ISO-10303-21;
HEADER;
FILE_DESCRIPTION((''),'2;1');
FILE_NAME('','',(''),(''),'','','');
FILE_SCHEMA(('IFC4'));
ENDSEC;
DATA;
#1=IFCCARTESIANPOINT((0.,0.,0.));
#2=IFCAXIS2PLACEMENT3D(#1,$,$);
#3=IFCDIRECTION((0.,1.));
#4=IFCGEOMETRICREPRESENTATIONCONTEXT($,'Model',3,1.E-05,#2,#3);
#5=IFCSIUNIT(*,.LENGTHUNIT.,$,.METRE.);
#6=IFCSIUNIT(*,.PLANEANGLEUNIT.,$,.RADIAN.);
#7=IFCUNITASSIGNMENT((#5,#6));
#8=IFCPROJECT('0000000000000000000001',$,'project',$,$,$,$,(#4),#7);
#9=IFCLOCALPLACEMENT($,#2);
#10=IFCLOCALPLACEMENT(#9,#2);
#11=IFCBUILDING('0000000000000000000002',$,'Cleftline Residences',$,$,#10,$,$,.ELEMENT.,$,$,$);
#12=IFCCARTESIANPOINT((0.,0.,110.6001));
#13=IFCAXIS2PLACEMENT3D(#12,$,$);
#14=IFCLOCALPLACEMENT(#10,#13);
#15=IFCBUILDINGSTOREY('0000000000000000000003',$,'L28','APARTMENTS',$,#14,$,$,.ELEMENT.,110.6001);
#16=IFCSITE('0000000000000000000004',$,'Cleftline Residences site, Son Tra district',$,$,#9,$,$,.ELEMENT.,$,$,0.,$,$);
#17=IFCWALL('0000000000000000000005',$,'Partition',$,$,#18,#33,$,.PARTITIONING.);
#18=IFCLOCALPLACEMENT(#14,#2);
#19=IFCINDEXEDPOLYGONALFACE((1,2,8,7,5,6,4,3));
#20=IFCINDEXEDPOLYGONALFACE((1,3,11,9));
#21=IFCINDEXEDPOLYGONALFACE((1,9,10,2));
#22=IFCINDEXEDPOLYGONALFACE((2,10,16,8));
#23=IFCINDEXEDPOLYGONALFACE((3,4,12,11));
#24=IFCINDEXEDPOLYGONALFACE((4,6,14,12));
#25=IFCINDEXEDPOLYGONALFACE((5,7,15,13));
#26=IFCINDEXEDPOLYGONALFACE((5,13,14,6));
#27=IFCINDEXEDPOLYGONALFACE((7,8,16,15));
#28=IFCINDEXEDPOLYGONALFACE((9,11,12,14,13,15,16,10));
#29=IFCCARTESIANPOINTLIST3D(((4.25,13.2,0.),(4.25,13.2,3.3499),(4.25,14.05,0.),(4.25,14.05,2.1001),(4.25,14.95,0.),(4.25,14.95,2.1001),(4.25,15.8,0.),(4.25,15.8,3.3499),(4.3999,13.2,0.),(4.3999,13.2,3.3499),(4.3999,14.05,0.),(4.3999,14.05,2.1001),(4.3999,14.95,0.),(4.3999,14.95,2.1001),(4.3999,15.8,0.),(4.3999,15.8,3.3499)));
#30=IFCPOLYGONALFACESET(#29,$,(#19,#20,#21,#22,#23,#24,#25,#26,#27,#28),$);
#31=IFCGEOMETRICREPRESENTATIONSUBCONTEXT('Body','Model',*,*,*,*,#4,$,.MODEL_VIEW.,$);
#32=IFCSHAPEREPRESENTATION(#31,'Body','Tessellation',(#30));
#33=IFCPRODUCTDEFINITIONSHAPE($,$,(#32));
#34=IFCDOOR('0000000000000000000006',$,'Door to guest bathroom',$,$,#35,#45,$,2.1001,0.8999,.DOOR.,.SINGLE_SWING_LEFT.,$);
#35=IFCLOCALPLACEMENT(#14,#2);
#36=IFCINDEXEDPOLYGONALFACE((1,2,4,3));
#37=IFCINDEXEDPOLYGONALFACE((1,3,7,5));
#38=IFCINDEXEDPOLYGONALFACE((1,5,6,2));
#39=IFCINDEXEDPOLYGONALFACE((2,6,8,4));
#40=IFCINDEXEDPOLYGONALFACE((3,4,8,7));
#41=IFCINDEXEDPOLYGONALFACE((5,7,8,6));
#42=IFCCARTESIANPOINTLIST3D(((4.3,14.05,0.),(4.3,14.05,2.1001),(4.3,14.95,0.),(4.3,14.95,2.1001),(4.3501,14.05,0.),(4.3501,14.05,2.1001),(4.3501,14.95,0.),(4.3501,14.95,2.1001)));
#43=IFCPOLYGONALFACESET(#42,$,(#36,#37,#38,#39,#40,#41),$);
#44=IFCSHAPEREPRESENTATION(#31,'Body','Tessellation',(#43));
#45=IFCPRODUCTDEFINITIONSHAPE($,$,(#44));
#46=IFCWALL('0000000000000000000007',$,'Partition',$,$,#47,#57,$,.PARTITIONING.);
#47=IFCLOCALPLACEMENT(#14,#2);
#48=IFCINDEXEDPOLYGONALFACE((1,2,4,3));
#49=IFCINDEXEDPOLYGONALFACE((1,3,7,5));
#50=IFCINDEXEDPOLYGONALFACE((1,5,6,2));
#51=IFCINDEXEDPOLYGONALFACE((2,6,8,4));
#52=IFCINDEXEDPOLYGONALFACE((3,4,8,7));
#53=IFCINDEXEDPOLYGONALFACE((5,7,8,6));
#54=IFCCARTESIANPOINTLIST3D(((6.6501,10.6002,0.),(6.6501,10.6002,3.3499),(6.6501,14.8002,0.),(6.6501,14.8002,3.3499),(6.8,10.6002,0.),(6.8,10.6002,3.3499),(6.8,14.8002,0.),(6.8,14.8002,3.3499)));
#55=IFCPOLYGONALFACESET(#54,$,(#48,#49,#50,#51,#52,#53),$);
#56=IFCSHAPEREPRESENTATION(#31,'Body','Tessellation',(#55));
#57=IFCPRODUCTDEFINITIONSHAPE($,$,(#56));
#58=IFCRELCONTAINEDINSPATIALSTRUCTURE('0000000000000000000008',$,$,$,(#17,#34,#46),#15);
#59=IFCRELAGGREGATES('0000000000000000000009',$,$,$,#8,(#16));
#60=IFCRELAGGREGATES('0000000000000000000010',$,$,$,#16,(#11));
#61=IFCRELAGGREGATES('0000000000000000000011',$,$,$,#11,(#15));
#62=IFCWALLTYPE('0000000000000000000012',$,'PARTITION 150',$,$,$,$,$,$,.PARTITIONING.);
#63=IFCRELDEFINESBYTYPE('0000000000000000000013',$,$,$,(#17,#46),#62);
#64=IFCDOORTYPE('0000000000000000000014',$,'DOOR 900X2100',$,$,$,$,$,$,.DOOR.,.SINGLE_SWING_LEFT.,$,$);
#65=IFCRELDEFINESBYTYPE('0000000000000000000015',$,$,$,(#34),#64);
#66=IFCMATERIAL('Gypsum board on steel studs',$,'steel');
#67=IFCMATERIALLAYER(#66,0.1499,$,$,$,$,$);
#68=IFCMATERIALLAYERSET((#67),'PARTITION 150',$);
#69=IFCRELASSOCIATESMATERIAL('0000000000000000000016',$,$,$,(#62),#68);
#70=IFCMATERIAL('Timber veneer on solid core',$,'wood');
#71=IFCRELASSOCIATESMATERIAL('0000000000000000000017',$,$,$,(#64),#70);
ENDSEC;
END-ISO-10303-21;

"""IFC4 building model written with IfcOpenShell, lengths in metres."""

from ifc_helpers import new_model, si_unit, direction, frame, frame_2d, origin, place, context, subcontext, project, spatial, rectangle, extrude, material, layer, layer_set, type_object, element, fill, save


model = new_model("IFC4")

# Units and contexts
model_context = context("Model", 3, precision=1e-05, world=origin(), true_north=direction((0.0, 1.0)))
body_context = subcontext(model_context, "Body", "Model", "MODEL_VIEW")
ifc_project = project(units=[si_unit("LENGTHUNIT", "METRE"), si_unit("PLANEANGLEUNIT", "RADIAN")], contexts=[model_context])

# Site, building, storey
site_placement = place(None, origin())
site = spatial("IfcSite", under=ifc_project, at=site_placement, Name="Cleftline Residences site, Son Tra district", CompositionType="ELEMENT", RefElevation=0.0)
building_placement = place(site_placement, origin())
building = spatial("IfcBuilding", under=site, at=building_placement, Name="Cleftline Residences", CompositionType="ELEMENT")
storey_placement = place(building_placement, frame((0.0, 0.0, 110.6001)))
storey = spatial("IfcBuildingStorey", under=building, at=storey_placement, Name="L28", Description="APARTMENTS", CompositionType="ELEMENT", Elevation=110.6001)

# Shared definitions
ifc_material_1 = material(Name="Gypsum board on steel studs", Category="steel")
ifc_layer = layer(ifc_material_1, 0.1499)
ifc_layer_set = layer_set([ifc_layer], Name="PARTITION 150")
wall_type = type_object("IfcWallType", Name="PARTITION 150", PredefinedType="PARTITIONING", material=ifc_layer_set)
ifc_material_2 = material(Name="Timber veneer on solid core", Category="wood")
door_type_1 = type_object("IfcDoorType", Name="DOOR 900X2100", OperationType="SINGLE_SWING_LEFT", PredefinedType="DOOR", material=ifc_material_2)

# Wall, opening, door
wall_1_placement = place(storey_placement, frame((4.325, 13.2, 0.0), z_axis=(0.0, 0.0, 1.0), x_axis=(0.0, 1.0, 0.0)))
wall_1 = element("IfcWall", 1, at=wall_1_placement, inside=storey, type_object=wall_type, Name="Partition", PredefinedType="PARTITIONING", context=body_context, shape_type="SweptSolid", body=[
    extrude(rectangle(XDim=2.6001, YDim=0.1499, at=frame_2d((1.3, 0.0))), origin(), (0.0, 0.0, 1.0), 3.3499),
])
opening_1_placement = place(wall_1_placement, frame((0.8501, 0.0, 0.0)))
opening_1 = element("IfcOpeningElement", 2, at=opening_1_placement, cuts=wall_1, PredefinedType="OPENING", context=body_context, shape_type="SweptSolid", body=[
    extrude(rectangle(XDim=0.8999, YDim=2.1001, at=frame_2d((0.45, 1.05))), frame((0.0, 0.085, 0.0), z_axis=(0.0, -1.0, 0.0), x_axis=(1.0, 0.0, 0.0)), (0.0, 0.0, 1.0), 0.1699),
])
door_1_placement = place(opening_1_placement, origin())
door_1 = element("IfcDoor", 3, at=door_1_placement, inside=storey, type_object=door_type_1, Name="Door to guest bathroom", OperationType="SINGLE_SWING_LEFT", OverallHeight=2.1001, OverallWidth=0.8999, PredefinedType="DOOR", context=body_context, shape_type="SweptSolid", body=[
    extrude(rectangle(XDim=0.8999, YDim=2.1001, at=frame_2d((0.45, 1.05))), frame((0.0, 0.0249, 0.0), z_axis=(0.0, -1.0, 0.0), x_axis=(1.0, 0.0, 0.0)), (0.0, 0.0, 1.0), 0.05),
])
fill(opening_1, door_1)

# Wall
wall_2_placement = place(storey_placement, frame((6.7251, 10.6001, 0.0), z_axis=(0.0, 0.0, 1.0), x_axis=(0.0, 1.0, 0.0)))
element("IfcWall", 4, at=wall_2_placement, inside=storey, type_object=wall_type, Name="Partition", PredefinedType="PARTITIONING", context=body_context, shape_type="SweptSolid", body=[
    extrude(rectangle(XDim=4.2, YDim=0.1499, at=frame_2d((2.1001, 0.0))), origin(), (0.0, 0.0, 1.0), 3.3499),
])

save(model, "model.ifc")
